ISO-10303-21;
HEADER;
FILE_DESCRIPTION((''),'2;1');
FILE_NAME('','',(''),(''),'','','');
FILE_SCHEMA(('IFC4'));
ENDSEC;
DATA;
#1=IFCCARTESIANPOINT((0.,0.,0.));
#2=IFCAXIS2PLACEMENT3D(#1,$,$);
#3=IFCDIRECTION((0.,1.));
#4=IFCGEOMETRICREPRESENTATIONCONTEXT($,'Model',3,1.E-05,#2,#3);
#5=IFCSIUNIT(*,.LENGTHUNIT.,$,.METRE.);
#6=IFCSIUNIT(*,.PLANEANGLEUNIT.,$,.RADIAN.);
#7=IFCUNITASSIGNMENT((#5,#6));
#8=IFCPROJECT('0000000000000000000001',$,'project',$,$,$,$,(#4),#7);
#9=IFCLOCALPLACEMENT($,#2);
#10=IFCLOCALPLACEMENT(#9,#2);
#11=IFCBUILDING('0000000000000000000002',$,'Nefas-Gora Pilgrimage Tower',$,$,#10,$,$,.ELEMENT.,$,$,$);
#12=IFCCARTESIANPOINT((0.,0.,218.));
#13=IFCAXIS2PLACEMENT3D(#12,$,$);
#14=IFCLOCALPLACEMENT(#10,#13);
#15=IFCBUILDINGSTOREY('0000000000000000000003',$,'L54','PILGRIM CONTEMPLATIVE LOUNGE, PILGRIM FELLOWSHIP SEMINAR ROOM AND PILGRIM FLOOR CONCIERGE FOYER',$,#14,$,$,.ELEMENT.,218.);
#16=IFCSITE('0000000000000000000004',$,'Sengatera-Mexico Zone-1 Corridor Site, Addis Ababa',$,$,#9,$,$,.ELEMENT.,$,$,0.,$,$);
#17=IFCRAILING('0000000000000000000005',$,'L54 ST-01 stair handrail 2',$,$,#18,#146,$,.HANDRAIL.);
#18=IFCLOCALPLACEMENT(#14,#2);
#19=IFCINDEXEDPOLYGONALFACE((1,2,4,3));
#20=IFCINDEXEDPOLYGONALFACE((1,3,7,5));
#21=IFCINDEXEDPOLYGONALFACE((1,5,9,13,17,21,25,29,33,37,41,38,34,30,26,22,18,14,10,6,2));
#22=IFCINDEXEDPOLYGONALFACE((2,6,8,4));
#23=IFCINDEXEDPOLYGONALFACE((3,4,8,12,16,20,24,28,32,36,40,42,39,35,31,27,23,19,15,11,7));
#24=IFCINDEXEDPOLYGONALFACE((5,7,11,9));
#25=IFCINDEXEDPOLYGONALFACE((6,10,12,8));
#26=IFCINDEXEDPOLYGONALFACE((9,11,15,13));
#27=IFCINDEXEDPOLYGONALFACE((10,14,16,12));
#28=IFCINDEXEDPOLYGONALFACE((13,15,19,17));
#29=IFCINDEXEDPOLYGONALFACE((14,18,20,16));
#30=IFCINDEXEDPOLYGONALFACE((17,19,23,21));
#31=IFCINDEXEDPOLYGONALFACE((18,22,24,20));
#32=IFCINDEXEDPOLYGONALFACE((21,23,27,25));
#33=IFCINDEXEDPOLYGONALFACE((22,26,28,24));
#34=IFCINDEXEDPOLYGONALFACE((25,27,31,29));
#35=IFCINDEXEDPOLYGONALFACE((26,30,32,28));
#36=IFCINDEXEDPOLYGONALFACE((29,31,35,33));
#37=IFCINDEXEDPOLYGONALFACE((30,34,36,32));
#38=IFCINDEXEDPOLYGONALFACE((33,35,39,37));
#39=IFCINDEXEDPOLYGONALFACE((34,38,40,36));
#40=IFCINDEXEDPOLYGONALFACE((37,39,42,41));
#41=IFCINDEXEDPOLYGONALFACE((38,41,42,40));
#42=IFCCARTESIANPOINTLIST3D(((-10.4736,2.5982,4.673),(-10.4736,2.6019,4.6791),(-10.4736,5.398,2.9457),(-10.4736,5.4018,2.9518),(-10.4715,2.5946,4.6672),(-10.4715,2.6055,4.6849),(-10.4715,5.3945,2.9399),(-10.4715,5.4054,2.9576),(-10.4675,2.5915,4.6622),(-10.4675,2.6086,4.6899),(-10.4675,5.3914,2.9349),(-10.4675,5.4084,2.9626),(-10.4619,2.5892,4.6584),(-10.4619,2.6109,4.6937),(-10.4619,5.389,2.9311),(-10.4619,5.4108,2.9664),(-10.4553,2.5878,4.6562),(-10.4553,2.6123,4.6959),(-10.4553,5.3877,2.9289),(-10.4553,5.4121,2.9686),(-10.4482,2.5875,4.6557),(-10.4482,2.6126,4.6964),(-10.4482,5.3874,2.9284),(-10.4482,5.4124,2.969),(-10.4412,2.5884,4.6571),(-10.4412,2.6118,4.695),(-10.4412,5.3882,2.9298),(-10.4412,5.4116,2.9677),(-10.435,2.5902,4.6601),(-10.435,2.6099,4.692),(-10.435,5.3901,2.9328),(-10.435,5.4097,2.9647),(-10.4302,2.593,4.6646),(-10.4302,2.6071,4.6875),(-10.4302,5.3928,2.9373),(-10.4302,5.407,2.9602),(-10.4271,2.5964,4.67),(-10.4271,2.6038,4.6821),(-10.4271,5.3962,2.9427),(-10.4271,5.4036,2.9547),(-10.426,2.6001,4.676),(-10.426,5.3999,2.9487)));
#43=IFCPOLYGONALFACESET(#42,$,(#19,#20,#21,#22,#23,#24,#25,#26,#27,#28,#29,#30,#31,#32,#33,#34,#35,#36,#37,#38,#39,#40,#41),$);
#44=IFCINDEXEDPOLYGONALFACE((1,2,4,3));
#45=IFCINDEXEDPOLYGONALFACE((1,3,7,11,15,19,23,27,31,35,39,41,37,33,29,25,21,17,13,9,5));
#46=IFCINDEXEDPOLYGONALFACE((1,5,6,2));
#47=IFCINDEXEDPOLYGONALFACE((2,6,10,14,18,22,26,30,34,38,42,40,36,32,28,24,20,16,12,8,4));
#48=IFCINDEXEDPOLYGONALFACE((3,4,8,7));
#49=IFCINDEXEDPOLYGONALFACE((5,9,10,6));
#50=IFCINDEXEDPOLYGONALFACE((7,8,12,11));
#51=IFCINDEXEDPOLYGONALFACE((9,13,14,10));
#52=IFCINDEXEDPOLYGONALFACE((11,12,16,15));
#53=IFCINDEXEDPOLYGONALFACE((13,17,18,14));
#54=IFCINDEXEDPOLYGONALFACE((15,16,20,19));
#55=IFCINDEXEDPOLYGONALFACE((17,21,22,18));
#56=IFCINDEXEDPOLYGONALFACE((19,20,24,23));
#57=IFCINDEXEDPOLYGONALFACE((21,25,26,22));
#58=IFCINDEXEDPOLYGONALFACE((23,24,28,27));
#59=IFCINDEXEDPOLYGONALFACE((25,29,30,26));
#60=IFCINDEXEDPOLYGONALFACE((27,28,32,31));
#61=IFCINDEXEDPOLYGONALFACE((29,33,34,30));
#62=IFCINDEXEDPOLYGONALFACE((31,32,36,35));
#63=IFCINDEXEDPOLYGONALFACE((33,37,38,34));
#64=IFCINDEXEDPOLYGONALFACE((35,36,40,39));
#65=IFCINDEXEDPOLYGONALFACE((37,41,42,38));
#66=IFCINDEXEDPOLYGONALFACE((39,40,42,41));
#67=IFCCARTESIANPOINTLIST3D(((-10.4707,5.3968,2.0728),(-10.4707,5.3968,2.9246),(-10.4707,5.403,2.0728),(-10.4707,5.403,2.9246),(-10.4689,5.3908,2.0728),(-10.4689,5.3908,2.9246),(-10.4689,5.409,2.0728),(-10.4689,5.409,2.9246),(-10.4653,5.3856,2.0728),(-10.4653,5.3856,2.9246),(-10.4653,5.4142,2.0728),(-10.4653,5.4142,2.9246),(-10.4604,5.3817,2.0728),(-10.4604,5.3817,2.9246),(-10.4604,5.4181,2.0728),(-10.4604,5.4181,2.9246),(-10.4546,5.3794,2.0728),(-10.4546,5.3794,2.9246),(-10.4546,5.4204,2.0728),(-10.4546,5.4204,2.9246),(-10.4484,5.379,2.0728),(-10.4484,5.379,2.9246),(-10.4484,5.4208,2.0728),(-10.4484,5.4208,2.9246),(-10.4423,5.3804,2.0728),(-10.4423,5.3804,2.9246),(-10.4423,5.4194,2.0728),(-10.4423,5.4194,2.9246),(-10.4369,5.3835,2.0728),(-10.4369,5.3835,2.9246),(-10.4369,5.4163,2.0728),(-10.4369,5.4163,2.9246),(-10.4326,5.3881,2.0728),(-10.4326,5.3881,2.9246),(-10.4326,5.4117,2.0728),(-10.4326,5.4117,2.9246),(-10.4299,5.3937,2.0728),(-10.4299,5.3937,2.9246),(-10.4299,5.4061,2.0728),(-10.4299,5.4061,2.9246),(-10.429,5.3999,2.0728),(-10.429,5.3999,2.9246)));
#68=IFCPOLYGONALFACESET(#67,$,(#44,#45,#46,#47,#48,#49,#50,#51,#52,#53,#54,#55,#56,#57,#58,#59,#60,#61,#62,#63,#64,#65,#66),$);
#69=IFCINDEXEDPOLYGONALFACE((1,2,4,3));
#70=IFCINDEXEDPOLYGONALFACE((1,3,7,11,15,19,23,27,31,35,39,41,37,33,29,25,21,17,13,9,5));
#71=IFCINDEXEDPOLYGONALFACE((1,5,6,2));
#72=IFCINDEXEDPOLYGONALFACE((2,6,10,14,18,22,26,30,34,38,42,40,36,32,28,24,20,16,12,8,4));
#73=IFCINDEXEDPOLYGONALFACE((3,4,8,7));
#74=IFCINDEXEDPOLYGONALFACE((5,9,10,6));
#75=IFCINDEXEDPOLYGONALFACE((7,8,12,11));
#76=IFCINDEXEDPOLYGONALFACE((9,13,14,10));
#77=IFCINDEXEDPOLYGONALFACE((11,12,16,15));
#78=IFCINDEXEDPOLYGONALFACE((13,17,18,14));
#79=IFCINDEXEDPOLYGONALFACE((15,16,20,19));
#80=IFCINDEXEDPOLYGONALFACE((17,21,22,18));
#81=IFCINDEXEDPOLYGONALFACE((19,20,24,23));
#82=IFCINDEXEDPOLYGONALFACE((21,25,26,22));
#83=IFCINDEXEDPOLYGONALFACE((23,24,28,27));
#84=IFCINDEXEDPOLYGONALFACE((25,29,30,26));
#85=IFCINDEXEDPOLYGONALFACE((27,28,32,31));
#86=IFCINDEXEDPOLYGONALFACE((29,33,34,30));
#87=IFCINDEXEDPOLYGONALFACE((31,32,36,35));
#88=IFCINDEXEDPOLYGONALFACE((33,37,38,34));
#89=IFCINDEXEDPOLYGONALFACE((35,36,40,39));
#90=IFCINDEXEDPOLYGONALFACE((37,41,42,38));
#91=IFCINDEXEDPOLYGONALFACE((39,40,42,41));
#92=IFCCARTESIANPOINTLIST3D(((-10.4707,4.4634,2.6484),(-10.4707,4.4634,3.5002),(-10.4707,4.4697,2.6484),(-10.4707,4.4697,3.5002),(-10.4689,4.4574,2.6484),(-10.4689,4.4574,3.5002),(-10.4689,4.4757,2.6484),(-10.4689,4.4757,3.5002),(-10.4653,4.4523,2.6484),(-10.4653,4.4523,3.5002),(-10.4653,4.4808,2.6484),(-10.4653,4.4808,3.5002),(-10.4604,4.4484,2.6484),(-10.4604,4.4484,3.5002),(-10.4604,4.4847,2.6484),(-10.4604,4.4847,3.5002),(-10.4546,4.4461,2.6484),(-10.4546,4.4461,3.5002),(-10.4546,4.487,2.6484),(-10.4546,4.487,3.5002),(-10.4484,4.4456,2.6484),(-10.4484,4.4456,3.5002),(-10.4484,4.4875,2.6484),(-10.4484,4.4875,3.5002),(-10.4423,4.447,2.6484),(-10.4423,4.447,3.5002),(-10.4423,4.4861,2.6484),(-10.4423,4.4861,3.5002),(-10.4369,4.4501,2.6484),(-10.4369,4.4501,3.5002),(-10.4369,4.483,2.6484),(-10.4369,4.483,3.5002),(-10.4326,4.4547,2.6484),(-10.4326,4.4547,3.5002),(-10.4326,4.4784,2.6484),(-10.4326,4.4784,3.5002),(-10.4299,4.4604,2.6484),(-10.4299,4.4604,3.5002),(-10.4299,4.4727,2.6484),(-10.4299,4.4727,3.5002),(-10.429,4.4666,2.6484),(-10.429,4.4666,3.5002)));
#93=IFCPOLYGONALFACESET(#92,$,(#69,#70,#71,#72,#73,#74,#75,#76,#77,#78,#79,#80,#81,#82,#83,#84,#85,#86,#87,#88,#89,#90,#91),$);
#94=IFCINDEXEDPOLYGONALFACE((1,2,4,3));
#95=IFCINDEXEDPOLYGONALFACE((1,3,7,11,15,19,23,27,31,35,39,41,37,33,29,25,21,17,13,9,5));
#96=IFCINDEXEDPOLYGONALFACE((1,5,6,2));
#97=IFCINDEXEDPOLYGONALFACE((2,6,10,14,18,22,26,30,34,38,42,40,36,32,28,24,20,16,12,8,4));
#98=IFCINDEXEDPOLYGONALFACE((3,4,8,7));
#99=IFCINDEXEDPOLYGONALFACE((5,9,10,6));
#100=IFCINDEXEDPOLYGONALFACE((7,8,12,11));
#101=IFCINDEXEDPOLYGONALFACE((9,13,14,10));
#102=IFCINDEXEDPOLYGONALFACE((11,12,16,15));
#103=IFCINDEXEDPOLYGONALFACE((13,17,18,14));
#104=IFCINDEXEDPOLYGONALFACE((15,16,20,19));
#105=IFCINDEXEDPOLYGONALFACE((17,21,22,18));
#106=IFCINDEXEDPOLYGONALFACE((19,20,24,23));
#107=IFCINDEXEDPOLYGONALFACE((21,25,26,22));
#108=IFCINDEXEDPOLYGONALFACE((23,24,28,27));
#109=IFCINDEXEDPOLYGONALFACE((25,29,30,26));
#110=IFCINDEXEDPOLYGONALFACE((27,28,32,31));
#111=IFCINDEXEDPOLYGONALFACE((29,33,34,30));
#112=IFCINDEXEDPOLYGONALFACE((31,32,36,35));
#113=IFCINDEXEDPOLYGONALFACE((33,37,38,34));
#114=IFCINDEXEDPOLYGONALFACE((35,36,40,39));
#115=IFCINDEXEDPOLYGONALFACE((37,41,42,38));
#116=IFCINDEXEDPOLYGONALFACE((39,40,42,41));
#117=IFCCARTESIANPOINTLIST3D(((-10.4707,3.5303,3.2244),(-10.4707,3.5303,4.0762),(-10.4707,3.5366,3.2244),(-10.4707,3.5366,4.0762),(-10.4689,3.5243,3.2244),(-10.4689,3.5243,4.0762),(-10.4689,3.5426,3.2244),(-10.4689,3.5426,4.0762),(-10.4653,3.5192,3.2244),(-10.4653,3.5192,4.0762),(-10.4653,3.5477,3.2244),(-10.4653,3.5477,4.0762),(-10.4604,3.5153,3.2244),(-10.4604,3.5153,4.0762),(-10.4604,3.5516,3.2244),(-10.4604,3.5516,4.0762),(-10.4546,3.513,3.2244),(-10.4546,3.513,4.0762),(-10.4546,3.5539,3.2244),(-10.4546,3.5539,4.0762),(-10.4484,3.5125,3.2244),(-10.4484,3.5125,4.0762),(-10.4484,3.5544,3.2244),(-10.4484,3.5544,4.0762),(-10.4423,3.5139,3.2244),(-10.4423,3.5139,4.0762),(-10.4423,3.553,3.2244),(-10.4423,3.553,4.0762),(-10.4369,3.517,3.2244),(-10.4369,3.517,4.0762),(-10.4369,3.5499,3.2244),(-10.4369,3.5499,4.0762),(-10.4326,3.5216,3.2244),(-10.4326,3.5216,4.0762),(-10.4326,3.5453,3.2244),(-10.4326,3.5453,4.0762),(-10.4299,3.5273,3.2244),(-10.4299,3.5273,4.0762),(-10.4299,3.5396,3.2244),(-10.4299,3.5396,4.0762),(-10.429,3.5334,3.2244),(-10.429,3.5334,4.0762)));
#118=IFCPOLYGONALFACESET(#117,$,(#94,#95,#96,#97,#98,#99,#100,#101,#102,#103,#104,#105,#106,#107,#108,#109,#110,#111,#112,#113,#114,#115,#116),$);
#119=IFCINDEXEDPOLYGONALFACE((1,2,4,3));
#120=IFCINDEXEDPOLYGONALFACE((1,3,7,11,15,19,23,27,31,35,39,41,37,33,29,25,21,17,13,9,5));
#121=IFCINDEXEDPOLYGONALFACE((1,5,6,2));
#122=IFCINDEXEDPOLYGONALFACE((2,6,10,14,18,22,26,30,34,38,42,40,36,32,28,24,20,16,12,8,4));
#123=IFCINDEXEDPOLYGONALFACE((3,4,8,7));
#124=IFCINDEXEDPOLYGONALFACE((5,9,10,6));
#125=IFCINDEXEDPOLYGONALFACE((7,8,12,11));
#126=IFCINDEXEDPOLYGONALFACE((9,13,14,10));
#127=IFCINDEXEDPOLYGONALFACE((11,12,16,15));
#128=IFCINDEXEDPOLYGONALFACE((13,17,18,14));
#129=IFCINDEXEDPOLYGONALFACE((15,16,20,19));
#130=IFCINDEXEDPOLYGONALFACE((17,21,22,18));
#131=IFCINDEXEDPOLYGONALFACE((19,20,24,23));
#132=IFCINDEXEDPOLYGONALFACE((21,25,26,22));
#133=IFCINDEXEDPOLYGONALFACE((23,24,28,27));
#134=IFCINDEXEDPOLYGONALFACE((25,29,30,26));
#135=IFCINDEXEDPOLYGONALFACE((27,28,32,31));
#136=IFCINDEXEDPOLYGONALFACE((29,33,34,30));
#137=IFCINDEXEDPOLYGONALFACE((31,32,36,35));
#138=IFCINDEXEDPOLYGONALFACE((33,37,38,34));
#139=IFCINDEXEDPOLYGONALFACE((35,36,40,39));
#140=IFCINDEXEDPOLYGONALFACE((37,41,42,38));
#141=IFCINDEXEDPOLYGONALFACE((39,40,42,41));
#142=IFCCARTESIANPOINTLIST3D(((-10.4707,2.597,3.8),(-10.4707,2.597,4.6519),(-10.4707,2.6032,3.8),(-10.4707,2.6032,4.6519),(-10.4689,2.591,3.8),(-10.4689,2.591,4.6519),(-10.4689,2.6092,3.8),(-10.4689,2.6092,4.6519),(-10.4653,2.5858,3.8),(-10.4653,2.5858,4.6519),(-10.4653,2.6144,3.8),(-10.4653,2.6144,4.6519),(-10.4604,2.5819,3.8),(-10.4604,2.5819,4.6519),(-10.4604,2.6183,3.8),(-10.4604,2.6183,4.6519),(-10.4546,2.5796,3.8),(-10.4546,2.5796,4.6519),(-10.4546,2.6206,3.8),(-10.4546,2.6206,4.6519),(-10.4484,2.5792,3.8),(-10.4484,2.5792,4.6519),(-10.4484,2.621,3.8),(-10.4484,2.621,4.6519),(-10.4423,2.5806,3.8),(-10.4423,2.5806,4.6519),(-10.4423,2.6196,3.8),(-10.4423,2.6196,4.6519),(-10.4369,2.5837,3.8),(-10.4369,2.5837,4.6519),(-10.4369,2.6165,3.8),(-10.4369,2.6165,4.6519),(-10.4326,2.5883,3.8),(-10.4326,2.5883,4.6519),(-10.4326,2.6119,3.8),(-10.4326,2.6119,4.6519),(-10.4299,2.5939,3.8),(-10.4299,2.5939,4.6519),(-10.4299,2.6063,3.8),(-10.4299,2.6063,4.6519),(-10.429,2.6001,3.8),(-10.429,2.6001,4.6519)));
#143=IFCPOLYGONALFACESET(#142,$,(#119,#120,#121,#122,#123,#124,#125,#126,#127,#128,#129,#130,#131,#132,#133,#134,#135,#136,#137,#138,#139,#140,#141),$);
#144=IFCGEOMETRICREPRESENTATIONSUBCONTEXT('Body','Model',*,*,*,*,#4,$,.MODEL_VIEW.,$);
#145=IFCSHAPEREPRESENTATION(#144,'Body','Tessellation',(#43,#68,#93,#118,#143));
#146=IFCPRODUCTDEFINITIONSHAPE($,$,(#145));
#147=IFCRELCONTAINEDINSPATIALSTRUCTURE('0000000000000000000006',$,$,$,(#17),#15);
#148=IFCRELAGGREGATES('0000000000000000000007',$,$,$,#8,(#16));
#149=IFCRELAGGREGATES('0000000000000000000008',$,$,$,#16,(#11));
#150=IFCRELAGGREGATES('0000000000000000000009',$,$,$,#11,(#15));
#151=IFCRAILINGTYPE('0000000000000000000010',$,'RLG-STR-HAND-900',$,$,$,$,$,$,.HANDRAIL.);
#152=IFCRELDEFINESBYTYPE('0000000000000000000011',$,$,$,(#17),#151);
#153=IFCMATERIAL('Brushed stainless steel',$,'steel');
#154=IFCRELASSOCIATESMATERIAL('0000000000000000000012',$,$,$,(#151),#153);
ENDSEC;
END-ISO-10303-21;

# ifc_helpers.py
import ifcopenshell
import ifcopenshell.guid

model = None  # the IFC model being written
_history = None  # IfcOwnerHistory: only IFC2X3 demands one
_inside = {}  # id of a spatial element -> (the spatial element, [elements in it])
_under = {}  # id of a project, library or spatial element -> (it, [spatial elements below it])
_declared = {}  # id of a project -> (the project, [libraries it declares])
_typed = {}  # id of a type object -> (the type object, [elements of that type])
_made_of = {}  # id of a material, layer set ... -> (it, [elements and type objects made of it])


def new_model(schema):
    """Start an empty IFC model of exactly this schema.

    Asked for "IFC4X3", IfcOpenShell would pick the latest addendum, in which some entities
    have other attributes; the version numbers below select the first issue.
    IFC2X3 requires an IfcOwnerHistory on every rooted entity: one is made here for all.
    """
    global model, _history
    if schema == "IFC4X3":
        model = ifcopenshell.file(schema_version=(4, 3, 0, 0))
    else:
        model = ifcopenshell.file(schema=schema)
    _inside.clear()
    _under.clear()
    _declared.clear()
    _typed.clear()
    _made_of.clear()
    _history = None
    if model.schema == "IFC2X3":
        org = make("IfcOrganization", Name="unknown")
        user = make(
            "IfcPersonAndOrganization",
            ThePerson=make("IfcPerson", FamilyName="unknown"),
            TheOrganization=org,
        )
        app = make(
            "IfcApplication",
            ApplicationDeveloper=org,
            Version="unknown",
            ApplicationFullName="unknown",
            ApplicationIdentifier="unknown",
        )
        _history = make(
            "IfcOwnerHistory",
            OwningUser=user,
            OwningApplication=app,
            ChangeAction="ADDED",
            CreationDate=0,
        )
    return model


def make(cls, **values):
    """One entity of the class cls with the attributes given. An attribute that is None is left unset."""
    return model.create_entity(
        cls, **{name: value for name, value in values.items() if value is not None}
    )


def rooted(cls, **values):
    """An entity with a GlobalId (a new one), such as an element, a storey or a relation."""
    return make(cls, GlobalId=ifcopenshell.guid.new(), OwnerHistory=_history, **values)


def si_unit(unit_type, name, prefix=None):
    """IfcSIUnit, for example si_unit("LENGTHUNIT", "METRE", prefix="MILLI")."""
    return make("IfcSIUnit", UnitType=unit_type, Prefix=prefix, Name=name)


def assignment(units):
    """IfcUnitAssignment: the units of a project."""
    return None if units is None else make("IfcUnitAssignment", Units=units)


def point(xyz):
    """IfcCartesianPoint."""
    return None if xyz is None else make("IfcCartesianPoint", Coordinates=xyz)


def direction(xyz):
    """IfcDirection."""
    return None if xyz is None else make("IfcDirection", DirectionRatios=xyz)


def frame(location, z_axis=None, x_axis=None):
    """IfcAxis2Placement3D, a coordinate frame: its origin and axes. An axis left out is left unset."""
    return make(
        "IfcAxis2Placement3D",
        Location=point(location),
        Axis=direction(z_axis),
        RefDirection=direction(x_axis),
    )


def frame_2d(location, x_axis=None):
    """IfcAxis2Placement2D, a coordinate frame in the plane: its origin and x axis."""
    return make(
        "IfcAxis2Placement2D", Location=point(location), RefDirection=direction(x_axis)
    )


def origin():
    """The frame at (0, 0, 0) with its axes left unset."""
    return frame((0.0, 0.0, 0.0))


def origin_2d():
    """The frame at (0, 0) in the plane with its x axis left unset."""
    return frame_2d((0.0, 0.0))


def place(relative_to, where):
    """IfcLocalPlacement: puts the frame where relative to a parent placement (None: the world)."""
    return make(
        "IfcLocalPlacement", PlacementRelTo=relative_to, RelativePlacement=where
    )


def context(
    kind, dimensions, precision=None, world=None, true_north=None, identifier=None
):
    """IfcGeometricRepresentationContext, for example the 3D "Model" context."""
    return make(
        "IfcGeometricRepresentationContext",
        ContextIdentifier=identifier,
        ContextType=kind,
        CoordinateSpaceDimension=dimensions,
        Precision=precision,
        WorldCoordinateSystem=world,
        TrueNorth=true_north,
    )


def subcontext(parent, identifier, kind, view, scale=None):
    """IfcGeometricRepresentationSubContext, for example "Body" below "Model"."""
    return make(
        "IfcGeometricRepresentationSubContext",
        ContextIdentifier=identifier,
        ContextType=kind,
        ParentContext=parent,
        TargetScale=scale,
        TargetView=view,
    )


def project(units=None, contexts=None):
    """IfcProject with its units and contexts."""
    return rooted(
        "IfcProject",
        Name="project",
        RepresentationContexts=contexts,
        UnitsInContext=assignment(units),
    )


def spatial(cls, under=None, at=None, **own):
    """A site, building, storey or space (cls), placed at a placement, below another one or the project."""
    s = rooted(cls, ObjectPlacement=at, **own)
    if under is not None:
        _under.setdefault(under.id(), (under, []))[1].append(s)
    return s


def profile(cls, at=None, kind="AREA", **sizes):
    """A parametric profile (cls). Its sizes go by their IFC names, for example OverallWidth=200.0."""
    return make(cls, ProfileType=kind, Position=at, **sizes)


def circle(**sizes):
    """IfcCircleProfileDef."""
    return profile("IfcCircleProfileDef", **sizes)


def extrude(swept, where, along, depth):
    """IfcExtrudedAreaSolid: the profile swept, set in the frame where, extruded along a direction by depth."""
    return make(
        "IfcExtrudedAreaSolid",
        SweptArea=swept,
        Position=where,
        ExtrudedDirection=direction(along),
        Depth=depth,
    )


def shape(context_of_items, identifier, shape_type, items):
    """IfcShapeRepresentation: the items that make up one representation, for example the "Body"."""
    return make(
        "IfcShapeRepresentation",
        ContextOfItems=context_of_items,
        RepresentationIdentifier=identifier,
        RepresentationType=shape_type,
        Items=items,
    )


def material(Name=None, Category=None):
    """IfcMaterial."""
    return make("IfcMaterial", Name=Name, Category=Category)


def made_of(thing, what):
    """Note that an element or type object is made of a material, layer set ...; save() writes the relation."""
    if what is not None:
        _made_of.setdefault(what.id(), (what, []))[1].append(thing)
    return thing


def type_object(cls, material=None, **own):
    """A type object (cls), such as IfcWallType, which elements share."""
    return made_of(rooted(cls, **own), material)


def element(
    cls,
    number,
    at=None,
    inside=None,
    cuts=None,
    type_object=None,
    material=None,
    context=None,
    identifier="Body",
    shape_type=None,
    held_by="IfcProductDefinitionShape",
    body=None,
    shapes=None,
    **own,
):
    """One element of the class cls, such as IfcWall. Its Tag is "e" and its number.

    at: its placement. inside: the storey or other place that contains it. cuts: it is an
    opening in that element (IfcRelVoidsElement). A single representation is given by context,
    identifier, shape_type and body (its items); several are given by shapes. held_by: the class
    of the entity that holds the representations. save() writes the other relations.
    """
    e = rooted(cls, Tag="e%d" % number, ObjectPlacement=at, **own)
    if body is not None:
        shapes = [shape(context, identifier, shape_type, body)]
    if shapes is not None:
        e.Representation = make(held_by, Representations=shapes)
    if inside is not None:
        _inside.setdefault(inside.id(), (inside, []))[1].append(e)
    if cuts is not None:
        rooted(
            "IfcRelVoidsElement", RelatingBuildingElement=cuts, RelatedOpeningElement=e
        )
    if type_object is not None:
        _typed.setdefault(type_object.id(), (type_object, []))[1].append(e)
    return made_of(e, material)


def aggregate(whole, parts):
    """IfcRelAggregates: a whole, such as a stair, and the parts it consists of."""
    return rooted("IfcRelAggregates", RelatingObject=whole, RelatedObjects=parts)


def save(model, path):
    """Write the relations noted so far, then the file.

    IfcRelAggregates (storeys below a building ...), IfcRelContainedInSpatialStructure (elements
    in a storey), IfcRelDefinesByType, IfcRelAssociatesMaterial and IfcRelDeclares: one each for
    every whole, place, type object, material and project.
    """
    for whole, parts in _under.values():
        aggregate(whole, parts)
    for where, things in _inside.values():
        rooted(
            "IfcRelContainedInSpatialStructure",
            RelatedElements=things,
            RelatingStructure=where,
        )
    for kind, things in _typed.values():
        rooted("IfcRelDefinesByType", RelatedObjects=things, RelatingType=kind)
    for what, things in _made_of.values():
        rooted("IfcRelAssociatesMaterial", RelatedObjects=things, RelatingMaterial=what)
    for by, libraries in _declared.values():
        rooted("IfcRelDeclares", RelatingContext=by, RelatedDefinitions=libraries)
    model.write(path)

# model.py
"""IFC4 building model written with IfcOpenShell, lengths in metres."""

from ifc_helpers import new_model, si_unit, direction, frame, origin, origin_2d, place, context, subcontext, project, spatial, circle, extrude, material, type_object, element, save


model = new_model("IFC4")

# Units and contexts
model_context = context("Model", 3, precision=1e-05, world=origin(), true_north=direction((0.0, 1.0)))
body_context = subcontext(model_context, "Body", "Model", "MODEL_VIEW")
ifc_project = project(units=[si_unit("LENGTHUNIT", "METRE"), si_unit("PLANEANGLEUNIT", "RADIAN")], contexts=[model_context])

# Site, building, storey
site_placement = place(None, origin())
site = spatial("IfcSite", under=ifc_project, at=site_placement, Name="Sengatera-Mexico Zone-1 Corridor Site, Addis Ababa", CompositionType="ELEMENT", RefElevation=0.0)
building_placement = place(site_placement, origin())
building = spatial("IfcBuilding", under=site, at=building_placement, Name="Nefas-Gora Pilgrimage Tower", CompositionType="ELEMENT")
storey_placement = place(building_placement, frame((0.0, 0.0, 218.0)))
storey = spatial("IfcBuildingStorey", under=building, at=storey_placement, Name="L54", Description="PILGRIM CONTEMPLATIVE LOUNGE, PILGRIM FELLOWSHIP SEMINAR ROOM AND PILGRIM FLOOR CONCIERGE FOYER", CompositionType="ELEMENT", Elevation=218.0)

# Railing
ifc_material_1 = material(Name="Brushed stainless steel", Category="steel")
railing_type_1 = type_object("IfcRailingType", Name="RLG-STR-HAND-900", PredefinedType="HANDRAIL", material=ifc_material_1)
railing_1_placement = place(storey_placement, frame((-10.45, 5.3999, 2.0728)))
element("IfcRailing", 1, at=railing_1_placement, inside=storey, type_object=railing_type_1, Name="L54 ST-01 stair handrail 2", PredefinedType="HANDRAIL", context=body_context, shape_type="SweptSolid", body=[
    extrude(circle(Radius=0.0239, at=origin_2d()), frame((0.0, 0.0, 0.876), z_axis=(0.0, -0.851069, 0.525054), x_axis=(1.0, 0.0, 0.0)), (0.0, 0.0, 1.0), 3.2898),
    extrude(circle(Radius=0.021, at=origin_2d()), origin(), (0.0, 0.0, 1.0), 0.8518),
    extrude(circle(Radius=0.021, at=origin_2d()), frame((0.0, -0.9333, 0.5757)), (0.0, 0.0, 1.0), 0.8518),
    extrude(circle(Radius=0.021, at=origin_2d()), frame((0.0, -1.8665, 1.1516)), (0.0, 0.0, 1.0), 0.8518),
    extrude(circle(Radius=0.021, at=origin_2d()), frame((0.0, -2.7998, 1.7273)), (0.0, 0.0, 1.0), 0.8518),
])

save(model, "model.ifc")
